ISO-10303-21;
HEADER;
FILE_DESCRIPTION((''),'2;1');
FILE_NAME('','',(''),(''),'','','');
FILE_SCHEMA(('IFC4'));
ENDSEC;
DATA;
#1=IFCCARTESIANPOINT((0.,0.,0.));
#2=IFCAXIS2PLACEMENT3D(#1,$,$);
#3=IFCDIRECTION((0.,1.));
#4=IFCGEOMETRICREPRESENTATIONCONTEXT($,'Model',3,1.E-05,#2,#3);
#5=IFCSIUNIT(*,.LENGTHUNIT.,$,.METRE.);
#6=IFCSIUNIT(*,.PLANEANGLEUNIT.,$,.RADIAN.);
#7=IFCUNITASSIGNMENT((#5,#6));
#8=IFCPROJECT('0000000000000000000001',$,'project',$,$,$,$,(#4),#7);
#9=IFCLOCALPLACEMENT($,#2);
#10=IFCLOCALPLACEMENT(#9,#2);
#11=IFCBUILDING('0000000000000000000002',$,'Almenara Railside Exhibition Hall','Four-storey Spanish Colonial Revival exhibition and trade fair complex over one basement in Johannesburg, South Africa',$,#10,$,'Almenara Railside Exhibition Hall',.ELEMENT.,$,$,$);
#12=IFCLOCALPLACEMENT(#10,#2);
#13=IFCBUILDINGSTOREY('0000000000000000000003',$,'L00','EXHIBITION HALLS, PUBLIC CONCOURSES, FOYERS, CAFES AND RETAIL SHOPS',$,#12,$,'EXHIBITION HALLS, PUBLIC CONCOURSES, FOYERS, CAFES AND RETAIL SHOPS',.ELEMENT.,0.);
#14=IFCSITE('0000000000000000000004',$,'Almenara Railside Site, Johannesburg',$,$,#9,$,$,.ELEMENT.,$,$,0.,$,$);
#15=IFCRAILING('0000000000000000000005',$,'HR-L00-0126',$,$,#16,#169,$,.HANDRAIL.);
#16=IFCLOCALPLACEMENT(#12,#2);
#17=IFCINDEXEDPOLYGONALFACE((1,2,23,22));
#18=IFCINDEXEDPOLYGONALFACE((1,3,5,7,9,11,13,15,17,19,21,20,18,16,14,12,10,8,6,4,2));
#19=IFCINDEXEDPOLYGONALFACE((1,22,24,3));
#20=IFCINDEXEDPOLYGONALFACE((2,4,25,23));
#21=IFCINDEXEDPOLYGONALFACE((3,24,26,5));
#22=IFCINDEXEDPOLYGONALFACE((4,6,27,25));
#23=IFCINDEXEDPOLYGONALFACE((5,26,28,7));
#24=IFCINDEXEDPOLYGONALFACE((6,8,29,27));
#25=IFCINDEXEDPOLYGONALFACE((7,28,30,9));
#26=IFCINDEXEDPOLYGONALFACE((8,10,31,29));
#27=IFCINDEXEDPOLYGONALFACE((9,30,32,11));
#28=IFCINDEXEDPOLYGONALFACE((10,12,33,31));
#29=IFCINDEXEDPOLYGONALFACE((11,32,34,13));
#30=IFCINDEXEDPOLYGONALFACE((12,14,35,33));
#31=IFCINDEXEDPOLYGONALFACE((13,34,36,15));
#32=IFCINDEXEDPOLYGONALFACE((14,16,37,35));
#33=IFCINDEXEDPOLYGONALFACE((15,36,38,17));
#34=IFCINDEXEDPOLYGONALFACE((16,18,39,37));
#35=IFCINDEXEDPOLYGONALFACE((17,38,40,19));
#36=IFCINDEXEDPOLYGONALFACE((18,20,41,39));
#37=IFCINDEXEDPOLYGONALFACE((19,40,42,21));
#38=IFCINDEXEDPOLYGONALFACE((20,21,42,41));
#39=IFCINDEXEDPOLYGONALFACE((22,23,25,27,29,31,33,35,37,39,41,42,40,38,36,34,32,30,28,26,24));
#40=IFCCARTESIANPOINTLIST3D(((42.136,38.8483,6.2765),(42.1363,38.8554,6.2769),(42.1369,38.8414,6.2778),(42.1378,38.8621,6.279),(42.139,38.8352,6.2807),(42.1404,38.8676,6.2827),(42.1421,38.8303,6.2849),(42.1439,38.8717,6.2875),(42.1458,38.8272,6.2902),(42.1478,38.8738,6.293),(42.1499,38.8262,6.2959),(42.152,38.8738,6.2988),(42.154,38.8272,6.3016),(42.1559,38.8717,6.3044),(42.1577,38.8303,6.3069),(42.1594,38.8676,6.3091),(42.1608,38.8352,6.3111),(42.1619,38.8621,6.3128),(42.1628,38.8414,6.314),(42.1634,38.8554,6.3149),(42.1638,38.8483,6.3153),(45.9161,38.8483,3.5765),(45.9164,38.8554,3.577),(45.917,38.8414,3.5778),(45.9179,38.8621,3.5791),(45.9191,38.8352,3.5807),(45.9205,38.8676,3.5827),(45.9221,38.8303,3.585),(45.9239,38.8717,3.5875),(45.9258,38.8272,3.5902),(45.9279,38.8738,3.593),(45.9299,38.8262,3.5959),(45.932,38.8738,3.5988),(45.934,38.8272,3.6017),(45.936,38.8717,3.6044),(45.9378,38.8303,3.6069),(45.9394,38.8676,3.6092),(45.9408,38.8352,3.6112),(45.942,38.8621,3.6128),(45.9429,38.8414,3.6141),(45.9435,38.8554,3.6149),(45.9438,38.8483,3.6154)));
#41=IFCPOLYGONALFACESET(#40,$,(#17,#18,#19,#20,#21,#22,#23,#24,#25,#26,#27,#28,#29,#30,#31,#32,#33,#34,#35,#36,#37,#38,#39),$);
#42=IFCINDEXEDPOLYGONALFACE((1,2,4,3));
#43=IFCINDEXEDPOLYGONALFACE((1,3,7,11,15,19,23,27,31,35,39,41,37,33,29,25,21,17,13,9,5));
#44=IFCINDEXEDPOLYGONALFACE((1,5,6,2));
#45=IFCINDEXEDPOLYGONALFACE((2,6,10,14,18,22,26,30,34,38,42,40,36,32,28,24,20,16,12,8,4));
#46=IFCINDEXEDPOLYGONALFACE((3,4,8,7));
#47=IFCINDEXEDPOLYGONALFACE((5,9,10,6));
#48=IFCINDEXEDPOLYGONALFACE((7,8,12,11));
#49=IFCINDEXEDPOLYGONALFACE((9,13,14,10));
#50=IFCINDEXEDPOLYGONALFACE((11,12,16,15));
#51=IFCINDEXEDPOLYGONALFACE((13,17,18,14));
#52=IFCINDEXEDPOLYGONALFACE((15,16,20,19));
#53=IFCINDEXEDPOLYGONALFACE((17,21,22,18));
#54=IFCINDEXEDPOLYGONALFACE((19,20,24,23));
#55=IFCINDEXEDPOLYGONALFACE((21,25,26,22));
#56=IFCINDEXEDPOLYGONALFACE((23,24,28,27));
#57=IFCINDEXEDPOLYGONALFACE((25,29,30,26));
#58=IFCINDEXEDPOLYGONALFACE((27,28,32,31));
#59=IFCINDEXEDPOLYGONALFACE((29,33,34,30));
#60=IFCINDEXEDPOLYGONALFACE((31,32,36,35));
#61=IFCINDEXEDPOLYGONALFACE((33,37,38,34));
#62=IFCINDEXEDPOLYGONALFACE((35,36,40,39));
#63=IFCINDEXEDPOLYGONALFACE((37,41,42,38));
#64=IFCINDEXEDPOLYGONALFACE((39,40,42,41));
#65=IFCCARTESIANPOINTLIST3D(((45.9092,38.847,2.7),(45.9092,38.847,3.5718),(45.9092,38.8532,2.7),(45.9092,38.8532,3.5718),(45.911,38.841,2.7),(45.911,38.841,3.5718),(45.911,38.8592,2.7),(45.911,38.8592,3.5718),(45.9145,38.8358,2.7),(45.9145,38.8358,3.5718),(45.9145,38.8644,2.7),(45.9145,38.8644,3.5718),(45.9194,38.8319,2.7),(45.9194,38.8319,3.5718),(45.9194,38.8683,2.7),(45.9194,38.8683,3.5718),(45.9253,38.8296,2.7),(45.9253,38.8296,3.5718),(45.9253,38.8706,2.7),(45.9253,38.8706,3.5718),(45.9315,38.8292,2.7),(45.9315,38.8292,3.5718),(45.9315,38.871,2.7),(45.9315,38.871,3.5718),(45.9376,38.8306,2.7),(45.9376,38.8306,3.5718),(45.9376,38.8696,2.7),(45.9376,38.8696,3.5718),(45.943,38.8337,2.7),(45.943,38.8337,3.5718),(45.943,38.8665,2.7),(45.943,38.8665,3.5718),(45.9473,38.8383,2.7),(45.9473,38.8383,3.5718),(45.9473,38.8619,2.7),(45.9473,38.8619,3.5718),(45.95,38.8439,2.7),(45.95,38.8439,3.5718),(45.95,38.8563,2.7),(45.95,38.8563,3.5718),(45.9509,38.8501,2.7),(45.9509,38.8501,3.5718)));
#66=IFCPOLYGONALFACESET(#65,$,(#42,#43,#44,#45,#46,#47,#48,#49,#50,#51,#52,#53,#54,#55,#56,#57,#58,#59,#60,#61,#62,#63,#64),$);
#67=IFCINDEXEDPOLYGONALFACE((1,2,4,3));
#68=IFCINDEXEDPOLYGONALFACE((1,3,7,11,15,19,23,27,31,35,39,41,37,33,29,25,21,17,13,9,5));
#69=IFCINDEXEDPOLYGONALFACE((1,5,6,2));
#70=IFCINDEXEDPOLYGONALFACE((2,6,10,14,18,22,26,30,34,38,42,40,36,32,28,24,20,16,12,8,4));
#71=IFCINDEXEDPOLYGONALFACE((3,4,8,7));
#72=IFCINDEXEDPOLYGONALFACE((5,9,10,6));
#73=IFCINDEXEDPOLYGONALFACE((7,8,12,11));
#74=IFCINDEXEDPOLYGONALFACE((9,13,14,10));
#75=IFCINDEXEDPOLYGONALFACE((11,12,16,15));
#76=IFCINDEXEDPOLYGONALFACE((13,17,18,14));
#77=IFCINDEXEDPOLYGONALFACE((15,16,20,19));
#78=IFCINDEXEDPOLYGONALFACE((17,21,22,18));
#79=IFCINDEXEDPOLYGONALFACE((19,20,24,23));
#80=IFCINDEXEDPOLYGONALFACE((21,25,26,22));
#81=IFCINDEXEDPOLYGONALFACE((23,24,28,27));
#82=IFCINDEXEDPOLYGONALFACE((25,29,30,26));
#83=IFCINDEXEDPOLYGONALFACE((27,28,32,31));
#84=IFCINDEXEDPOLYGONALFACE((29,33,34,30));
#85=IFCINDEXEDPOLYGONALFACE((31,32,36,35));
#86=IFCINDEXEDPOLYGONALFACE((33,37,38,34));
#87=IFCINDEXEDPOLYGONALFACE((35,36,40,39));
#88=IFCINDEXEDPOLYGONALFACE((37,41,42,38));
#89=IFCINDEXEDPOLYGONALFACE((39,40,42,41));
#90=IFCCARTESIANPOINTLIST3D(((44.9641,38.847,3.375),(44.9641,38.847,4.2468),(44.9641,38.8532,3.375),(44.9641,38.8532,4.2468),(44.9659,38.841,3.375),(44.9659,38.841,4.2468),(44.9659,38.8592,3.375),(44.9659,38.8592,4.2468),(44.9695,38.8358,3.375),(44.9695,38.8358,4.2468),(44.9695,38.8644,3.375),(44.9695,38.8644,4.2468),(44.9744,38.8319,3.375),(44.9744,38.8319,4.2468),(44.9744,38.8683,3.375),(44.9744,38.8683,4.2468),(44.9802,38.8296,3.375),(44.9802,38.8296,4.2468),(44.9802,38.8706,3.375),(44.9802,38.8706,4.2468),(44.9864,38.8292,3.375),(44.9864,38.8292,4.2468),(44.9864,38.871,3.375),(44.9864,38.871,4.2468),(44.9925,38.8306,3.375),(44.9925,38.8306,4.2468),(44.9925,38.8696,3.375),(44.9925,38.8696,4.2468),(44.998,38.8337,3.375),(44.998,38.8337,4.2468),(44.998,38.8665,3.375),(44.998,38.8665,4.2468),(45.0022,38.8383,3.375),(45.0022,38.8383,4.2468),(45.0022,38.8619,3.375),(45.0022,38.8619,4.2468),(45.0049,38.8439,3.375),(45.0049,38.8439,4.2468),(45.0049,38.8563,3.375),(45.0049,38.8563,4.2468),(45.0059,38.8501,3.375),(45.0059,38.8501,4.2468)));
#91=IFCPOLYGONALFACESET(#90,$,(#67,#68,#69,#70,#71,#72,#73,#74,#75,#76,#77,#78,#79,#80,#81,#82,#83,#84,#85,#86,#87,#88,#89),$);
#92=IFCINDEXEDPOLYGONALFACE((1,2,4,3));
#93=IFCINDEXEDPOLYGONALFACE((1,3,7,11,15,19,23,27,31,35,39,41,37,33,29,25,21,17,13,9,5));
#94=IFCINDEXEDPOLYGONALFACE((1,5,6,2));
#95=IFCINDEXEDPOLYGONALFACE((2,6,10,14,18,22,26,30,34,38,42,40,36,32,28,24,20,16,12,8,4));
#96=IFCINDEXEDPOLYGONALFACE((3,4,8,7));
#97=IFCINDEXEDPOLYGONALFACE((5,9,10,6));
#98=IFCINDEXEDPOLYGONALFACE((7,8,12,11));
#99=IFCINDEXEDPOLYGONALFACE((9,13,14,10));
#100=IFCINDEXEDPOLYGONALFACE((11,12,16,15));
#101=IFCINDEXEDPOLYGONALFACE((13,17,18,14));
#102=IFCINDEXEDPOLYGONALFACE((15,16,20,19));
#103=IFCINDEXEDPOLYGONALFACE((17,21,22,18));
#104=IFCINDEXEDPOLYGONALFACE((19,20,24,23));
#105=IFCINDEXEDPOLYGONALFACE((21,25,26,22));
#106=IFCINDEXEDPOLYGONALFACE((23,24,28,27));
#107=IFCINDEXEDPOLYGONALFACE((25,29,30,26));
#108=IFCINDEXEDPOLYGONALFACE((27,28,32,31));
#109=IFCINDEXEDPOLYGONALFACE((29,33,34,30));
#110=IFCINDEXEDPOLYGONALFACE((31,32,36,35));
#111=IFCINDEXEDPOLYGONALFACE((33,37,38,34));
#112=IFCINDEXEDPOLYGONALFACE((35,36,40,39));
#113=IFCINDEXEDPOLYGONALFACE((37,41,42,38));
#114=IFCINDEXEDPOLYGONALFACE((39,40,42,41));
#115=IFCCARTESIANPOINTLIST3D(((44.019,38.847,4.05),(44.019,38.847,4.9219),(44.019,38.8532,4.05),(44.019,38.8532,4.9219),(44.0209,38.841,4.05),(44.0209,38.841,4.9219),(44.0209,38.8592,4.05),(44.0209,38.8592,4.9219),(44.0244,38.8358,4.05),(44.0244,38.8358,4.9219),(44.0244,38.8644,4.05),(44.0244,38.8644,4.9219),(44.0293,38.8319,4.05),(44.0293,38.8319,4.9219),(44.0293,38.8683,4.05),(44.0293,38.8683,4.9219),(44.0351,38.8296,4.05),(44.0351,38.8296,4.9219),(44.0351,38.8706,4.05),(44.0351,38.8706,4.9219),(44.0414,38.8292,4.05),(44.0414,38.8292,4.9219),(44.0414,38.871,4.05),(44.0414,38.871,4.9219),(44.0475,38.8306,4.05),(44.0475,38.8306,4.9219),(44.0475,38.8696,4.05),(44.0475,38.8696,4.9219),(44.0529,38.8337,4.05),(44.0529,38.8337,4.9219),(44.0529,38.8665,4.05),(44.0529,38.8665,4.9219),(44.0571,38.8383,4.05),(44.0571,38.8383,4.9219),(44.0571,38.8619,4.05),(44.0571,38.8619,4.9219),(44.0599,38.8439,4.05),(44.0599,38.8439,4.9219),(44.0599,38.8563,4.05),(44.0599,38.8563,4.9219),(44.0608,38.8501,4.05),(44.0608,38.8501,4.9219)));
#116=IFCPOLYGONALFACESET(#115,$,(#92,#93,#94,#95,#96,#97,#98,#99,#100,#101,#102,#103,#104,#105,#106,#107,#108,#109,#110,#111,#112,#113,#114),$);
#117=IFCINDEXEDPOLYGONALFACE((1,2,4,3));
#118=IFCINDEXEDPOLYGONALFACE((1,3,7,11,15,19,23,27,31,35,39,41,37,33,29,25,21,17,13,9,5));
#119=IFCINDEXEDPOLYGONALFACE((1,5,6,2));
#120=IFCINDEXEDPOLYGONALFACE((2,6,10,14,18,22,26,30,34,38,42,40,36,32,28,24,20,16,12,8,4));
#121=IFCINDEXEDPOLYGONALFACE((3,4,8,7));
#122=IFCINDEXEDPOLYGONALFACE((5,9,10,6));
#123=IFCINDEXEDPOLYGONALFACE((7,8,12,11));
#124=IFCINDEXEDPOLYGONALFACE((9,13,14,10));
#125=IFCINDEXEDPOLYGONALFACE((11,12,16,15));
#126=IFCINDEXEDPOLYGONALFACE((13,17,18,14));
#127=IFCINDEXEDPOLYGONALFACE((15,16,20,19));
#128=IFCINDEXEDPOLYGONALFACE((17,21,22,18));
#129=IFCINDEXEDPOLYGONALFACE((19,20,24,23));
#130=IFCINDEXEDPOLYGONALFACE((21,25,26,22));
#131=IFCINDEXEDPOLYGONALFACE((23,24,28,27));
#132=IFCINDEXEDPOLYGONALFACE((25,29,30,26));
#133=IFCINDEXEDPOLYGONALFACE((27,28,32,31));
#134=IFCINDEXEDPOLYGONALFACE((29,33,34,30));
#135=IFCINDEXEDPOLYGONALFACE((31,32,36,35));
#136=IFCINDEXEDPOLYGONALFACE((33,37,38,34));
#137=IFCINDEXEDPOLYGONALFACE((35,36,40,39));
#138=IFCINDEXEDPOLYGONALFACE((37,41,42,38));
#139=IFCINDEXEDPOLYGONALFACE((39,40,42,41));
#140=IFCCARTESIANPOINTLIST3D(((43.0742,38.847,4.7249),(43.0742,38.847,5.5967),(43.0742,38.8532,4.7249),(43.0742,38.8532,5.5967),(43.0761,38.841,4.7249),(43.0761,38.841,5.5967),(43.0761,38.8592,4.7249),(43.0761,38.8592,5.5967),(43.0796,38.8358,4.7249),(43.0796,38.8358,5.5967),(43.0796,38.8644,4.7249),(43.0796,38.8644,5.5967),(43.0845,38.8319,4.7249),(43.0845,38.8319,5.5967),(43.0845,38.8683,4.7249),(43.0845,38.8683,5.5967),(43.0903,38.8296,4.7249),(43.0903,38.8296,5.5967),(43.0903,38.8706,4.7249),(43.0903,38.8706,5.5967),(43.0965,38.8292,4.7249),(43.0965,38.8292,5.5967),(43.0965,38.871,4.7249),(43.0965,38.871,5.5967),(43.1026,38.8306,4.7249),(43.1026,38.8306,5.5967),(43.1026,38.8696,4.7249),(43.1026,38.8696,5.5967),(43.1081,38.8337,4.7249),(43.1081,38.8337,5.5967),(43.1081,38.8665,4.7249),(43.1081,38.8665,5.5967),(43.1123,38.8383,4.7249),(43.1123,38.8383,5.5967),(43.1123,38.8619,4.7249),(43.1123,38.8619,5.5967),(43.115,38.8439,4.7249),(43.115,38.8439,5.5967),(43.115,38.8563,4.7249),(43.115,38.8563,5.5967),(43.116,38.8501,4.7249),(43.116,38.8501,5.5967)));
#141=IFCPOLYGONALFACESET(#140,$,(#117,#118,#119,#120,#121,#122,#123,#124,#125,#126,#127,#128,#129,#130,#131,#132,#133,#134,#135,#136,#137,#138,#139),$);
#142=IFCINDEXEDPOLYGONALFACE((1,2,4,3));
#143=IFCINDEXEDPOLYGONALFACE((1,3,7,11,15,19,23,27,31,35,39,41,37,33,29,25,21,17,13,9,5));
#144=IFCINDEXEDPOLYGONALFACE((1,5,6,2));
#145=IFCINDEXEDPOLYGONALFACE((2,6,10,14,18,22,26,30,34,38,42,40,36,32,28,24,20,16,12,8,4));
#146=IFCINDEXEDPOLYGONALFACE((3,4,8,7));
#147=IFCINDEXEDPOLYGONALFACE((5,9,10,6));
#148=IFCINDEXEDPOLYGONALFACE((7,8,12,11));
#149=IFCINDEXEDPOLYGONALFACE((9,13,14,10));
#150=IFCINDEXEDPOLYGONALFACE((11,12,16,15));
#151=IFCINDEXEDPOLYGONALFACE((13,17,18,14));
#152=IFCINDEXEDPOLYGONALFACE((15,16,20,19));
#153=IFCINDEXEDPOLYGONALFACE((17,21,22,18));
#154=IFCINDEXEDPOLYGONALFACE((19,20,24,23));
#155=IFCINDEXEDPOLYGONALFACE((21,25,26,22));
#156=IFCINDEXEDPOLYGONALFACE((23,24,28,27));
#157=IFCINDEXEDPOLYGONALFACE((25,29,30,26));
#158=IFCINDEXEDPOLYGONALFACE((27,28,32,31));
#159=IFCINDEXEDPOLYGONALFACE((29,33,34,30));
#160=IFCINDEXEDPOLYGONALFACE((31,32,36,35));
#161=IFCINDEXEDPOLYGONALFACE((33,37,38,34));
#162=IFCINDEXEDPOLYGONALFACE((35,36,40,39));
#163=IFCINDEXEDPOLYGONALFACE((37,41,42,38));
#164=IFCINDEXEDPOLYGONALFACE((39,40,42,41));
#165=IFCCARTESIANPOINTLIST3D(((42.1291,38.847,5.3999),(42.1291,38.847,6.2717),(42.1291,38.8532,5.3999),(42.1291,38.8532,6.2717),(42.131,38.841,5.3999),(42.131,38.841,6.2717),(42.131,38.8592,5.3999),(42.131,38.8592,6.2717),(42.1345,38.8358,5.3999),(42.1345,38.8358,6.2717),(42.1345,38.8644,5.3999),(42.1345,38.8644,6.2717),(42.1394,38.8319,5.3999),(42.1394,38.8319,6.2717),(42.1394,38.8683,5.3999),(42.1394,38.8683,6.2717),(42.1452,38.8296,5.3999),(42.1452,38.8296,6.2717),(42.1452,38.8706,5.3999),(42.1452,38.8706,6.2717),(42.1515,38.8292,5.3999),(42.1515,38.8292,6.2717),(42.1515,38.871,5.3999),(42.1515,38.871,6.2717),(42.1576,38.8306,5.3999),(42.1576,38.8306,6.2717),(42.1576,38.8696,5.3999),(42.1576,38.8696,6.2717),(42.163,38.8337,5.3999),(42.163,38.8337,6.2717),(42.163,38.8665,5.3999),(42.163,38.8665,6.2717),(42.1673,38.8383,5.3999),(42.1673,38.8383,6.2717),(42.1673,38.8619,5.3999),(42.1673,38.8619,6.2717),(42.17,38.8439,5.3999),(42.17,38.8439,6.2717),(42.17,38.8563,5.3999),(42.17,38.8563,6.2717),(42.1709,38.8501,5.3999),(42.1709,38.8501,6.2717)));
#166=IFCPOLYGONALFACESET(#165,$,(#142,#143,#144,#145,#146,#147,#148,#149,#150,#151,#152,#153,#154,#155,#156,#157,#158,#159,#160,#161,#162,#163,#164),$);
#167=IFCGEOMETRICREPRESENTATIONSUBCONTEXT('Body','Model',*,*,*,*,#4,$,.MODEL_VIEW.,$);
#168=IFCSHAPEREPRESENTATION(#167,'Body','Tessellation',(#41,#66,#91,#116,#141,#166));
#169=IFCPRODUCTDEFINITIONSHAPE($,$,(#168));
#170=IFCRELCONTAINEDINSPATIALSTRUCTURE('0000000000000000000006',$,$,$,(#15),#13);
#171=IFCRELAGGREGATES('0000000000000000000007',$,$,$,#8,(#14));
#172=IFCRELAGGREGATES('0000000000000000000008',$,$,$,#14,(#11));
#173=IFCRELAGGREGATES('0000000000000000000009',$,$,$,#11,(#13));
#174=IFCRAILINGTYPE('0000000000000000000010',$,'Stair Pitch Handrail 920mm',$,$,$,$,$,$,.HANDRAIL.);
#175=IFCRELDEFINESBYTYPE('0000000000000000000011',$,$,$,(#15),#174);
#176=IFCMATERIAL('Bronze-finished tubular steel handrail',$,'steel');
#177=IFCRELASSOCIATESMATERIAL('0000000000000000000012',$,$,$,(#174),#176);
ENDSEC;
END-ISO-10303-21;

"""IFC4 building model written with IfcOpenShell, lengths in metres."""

from ifc_helpers import new_model, si_unit, direction, frame, origin, origin_2d, place, context, subcontext, project, spatial, circle, extrude, material, type_object, element, save


model = new_model("IFC4")

# Units and contexts
model_context = context("Model", 3, precision=1e-05, world=origin(), true_north=direction((0.0, 1.0)))
body_context = subcontext(model_context, "Body", "Model", "MODEL_VIEW")
ifc_project = project(units=[si_unit("LENGTHUNIT", "METRE"), si_unit("PLANEANGLEUNIT", "RADIAN")], contexts=[model_context])

# Site, building, storey
site_placement = place(None, origin())
site = spatial("IfcSite", under=ifc_project, at=site_placement, Name="Almenara Railside Site, Johannesburg", CompositionType="ELEMENT", RefElevation=0.0)
building_placement = place(site_placement, origin())
building = spatial("IfcBuilding", under=site, at=building_placement, Name="Almenara Railside Exhibition Hall", Description="Four-storey Spanish Colonial Revival exhibition and trade fair complex over one basement in Johannesburg, South Africa", LongName="Almenara Railside Exhibition Hall", CompositionType="ELEMENT")
storey_placement = place(building_placement, origin())
storey = spatial("IfcBuildingStorey", under=building, at=storey_placement, Name="L00", Description="EXHIBITION HALLS, PUBLIC CONCOURSES, FOYERS, CAFES AND RETAIL SHOPS", LongName="EXHIBITION HALLS, PUBLIC CONCOURSES, FOYERS, CAFES AND RETAIL SHOPS", CompositionType="ELEMENT", Elevation=0.0)

# Railing
ifc_material_1 = material(Name="Bronze-finished tubular steel handrail", Category="steel")
railing_type_1 = type_object("IfcRailingType", Name="Stair Pitch Handrail 920mm", PredefinedType="HANDRAIL", material=ifc_material_1)
railing_1_placement = place(storey_placement, frame((45.9299, 38.8501, 2.7)))
element("IfcRailing", 1, at=railing_1_placement, inside=storey, type_object=railing_type_1, Name="HR-L00-0126", PredefinedType="HANDRAIL", context=body_context, shape_type="SweptSolid", body=[
    extrude(circle(Radius=0.0239, at=origin_2d()), frame((0.0, 0.0, 0.896), z_axis=(-0.813741, 0.0, 0.581228), x_axis=(0.0, -1.0, 0.0)), (0.0, 0.0, 1.0), 4.6453),
    extrude(circle(Radius=0.021, at=origin_2d()), origin(), (0.0, 0.0, 1.0), 0.8718),
    extrude(circle(Radius=0.021, at=origin_2d()), frame((-0.9451, 0.0, 0.675)), (0.0, 0.0, 1.0), 0.8718),
    extrude(circle(Radius=0.021, at=origin_2d()), frame((-1.8901, 0.0, 1.3501)), (0.0, 0.0, 1.0), 0.8718),
    extrude(circle(Radius=0.021, at=origin_2d()), frame((-2.835, 0.0, 2.0249)), (0.0, 0.0, 1.0), 0.8718),
    extrude(circle(Radius=0.021, at=origin_2d()), frame((-3.78, 0.0, 2.7)), (0.0, 0.0, 1.0), 0.8718),
])

save(model, "model.ifc")
